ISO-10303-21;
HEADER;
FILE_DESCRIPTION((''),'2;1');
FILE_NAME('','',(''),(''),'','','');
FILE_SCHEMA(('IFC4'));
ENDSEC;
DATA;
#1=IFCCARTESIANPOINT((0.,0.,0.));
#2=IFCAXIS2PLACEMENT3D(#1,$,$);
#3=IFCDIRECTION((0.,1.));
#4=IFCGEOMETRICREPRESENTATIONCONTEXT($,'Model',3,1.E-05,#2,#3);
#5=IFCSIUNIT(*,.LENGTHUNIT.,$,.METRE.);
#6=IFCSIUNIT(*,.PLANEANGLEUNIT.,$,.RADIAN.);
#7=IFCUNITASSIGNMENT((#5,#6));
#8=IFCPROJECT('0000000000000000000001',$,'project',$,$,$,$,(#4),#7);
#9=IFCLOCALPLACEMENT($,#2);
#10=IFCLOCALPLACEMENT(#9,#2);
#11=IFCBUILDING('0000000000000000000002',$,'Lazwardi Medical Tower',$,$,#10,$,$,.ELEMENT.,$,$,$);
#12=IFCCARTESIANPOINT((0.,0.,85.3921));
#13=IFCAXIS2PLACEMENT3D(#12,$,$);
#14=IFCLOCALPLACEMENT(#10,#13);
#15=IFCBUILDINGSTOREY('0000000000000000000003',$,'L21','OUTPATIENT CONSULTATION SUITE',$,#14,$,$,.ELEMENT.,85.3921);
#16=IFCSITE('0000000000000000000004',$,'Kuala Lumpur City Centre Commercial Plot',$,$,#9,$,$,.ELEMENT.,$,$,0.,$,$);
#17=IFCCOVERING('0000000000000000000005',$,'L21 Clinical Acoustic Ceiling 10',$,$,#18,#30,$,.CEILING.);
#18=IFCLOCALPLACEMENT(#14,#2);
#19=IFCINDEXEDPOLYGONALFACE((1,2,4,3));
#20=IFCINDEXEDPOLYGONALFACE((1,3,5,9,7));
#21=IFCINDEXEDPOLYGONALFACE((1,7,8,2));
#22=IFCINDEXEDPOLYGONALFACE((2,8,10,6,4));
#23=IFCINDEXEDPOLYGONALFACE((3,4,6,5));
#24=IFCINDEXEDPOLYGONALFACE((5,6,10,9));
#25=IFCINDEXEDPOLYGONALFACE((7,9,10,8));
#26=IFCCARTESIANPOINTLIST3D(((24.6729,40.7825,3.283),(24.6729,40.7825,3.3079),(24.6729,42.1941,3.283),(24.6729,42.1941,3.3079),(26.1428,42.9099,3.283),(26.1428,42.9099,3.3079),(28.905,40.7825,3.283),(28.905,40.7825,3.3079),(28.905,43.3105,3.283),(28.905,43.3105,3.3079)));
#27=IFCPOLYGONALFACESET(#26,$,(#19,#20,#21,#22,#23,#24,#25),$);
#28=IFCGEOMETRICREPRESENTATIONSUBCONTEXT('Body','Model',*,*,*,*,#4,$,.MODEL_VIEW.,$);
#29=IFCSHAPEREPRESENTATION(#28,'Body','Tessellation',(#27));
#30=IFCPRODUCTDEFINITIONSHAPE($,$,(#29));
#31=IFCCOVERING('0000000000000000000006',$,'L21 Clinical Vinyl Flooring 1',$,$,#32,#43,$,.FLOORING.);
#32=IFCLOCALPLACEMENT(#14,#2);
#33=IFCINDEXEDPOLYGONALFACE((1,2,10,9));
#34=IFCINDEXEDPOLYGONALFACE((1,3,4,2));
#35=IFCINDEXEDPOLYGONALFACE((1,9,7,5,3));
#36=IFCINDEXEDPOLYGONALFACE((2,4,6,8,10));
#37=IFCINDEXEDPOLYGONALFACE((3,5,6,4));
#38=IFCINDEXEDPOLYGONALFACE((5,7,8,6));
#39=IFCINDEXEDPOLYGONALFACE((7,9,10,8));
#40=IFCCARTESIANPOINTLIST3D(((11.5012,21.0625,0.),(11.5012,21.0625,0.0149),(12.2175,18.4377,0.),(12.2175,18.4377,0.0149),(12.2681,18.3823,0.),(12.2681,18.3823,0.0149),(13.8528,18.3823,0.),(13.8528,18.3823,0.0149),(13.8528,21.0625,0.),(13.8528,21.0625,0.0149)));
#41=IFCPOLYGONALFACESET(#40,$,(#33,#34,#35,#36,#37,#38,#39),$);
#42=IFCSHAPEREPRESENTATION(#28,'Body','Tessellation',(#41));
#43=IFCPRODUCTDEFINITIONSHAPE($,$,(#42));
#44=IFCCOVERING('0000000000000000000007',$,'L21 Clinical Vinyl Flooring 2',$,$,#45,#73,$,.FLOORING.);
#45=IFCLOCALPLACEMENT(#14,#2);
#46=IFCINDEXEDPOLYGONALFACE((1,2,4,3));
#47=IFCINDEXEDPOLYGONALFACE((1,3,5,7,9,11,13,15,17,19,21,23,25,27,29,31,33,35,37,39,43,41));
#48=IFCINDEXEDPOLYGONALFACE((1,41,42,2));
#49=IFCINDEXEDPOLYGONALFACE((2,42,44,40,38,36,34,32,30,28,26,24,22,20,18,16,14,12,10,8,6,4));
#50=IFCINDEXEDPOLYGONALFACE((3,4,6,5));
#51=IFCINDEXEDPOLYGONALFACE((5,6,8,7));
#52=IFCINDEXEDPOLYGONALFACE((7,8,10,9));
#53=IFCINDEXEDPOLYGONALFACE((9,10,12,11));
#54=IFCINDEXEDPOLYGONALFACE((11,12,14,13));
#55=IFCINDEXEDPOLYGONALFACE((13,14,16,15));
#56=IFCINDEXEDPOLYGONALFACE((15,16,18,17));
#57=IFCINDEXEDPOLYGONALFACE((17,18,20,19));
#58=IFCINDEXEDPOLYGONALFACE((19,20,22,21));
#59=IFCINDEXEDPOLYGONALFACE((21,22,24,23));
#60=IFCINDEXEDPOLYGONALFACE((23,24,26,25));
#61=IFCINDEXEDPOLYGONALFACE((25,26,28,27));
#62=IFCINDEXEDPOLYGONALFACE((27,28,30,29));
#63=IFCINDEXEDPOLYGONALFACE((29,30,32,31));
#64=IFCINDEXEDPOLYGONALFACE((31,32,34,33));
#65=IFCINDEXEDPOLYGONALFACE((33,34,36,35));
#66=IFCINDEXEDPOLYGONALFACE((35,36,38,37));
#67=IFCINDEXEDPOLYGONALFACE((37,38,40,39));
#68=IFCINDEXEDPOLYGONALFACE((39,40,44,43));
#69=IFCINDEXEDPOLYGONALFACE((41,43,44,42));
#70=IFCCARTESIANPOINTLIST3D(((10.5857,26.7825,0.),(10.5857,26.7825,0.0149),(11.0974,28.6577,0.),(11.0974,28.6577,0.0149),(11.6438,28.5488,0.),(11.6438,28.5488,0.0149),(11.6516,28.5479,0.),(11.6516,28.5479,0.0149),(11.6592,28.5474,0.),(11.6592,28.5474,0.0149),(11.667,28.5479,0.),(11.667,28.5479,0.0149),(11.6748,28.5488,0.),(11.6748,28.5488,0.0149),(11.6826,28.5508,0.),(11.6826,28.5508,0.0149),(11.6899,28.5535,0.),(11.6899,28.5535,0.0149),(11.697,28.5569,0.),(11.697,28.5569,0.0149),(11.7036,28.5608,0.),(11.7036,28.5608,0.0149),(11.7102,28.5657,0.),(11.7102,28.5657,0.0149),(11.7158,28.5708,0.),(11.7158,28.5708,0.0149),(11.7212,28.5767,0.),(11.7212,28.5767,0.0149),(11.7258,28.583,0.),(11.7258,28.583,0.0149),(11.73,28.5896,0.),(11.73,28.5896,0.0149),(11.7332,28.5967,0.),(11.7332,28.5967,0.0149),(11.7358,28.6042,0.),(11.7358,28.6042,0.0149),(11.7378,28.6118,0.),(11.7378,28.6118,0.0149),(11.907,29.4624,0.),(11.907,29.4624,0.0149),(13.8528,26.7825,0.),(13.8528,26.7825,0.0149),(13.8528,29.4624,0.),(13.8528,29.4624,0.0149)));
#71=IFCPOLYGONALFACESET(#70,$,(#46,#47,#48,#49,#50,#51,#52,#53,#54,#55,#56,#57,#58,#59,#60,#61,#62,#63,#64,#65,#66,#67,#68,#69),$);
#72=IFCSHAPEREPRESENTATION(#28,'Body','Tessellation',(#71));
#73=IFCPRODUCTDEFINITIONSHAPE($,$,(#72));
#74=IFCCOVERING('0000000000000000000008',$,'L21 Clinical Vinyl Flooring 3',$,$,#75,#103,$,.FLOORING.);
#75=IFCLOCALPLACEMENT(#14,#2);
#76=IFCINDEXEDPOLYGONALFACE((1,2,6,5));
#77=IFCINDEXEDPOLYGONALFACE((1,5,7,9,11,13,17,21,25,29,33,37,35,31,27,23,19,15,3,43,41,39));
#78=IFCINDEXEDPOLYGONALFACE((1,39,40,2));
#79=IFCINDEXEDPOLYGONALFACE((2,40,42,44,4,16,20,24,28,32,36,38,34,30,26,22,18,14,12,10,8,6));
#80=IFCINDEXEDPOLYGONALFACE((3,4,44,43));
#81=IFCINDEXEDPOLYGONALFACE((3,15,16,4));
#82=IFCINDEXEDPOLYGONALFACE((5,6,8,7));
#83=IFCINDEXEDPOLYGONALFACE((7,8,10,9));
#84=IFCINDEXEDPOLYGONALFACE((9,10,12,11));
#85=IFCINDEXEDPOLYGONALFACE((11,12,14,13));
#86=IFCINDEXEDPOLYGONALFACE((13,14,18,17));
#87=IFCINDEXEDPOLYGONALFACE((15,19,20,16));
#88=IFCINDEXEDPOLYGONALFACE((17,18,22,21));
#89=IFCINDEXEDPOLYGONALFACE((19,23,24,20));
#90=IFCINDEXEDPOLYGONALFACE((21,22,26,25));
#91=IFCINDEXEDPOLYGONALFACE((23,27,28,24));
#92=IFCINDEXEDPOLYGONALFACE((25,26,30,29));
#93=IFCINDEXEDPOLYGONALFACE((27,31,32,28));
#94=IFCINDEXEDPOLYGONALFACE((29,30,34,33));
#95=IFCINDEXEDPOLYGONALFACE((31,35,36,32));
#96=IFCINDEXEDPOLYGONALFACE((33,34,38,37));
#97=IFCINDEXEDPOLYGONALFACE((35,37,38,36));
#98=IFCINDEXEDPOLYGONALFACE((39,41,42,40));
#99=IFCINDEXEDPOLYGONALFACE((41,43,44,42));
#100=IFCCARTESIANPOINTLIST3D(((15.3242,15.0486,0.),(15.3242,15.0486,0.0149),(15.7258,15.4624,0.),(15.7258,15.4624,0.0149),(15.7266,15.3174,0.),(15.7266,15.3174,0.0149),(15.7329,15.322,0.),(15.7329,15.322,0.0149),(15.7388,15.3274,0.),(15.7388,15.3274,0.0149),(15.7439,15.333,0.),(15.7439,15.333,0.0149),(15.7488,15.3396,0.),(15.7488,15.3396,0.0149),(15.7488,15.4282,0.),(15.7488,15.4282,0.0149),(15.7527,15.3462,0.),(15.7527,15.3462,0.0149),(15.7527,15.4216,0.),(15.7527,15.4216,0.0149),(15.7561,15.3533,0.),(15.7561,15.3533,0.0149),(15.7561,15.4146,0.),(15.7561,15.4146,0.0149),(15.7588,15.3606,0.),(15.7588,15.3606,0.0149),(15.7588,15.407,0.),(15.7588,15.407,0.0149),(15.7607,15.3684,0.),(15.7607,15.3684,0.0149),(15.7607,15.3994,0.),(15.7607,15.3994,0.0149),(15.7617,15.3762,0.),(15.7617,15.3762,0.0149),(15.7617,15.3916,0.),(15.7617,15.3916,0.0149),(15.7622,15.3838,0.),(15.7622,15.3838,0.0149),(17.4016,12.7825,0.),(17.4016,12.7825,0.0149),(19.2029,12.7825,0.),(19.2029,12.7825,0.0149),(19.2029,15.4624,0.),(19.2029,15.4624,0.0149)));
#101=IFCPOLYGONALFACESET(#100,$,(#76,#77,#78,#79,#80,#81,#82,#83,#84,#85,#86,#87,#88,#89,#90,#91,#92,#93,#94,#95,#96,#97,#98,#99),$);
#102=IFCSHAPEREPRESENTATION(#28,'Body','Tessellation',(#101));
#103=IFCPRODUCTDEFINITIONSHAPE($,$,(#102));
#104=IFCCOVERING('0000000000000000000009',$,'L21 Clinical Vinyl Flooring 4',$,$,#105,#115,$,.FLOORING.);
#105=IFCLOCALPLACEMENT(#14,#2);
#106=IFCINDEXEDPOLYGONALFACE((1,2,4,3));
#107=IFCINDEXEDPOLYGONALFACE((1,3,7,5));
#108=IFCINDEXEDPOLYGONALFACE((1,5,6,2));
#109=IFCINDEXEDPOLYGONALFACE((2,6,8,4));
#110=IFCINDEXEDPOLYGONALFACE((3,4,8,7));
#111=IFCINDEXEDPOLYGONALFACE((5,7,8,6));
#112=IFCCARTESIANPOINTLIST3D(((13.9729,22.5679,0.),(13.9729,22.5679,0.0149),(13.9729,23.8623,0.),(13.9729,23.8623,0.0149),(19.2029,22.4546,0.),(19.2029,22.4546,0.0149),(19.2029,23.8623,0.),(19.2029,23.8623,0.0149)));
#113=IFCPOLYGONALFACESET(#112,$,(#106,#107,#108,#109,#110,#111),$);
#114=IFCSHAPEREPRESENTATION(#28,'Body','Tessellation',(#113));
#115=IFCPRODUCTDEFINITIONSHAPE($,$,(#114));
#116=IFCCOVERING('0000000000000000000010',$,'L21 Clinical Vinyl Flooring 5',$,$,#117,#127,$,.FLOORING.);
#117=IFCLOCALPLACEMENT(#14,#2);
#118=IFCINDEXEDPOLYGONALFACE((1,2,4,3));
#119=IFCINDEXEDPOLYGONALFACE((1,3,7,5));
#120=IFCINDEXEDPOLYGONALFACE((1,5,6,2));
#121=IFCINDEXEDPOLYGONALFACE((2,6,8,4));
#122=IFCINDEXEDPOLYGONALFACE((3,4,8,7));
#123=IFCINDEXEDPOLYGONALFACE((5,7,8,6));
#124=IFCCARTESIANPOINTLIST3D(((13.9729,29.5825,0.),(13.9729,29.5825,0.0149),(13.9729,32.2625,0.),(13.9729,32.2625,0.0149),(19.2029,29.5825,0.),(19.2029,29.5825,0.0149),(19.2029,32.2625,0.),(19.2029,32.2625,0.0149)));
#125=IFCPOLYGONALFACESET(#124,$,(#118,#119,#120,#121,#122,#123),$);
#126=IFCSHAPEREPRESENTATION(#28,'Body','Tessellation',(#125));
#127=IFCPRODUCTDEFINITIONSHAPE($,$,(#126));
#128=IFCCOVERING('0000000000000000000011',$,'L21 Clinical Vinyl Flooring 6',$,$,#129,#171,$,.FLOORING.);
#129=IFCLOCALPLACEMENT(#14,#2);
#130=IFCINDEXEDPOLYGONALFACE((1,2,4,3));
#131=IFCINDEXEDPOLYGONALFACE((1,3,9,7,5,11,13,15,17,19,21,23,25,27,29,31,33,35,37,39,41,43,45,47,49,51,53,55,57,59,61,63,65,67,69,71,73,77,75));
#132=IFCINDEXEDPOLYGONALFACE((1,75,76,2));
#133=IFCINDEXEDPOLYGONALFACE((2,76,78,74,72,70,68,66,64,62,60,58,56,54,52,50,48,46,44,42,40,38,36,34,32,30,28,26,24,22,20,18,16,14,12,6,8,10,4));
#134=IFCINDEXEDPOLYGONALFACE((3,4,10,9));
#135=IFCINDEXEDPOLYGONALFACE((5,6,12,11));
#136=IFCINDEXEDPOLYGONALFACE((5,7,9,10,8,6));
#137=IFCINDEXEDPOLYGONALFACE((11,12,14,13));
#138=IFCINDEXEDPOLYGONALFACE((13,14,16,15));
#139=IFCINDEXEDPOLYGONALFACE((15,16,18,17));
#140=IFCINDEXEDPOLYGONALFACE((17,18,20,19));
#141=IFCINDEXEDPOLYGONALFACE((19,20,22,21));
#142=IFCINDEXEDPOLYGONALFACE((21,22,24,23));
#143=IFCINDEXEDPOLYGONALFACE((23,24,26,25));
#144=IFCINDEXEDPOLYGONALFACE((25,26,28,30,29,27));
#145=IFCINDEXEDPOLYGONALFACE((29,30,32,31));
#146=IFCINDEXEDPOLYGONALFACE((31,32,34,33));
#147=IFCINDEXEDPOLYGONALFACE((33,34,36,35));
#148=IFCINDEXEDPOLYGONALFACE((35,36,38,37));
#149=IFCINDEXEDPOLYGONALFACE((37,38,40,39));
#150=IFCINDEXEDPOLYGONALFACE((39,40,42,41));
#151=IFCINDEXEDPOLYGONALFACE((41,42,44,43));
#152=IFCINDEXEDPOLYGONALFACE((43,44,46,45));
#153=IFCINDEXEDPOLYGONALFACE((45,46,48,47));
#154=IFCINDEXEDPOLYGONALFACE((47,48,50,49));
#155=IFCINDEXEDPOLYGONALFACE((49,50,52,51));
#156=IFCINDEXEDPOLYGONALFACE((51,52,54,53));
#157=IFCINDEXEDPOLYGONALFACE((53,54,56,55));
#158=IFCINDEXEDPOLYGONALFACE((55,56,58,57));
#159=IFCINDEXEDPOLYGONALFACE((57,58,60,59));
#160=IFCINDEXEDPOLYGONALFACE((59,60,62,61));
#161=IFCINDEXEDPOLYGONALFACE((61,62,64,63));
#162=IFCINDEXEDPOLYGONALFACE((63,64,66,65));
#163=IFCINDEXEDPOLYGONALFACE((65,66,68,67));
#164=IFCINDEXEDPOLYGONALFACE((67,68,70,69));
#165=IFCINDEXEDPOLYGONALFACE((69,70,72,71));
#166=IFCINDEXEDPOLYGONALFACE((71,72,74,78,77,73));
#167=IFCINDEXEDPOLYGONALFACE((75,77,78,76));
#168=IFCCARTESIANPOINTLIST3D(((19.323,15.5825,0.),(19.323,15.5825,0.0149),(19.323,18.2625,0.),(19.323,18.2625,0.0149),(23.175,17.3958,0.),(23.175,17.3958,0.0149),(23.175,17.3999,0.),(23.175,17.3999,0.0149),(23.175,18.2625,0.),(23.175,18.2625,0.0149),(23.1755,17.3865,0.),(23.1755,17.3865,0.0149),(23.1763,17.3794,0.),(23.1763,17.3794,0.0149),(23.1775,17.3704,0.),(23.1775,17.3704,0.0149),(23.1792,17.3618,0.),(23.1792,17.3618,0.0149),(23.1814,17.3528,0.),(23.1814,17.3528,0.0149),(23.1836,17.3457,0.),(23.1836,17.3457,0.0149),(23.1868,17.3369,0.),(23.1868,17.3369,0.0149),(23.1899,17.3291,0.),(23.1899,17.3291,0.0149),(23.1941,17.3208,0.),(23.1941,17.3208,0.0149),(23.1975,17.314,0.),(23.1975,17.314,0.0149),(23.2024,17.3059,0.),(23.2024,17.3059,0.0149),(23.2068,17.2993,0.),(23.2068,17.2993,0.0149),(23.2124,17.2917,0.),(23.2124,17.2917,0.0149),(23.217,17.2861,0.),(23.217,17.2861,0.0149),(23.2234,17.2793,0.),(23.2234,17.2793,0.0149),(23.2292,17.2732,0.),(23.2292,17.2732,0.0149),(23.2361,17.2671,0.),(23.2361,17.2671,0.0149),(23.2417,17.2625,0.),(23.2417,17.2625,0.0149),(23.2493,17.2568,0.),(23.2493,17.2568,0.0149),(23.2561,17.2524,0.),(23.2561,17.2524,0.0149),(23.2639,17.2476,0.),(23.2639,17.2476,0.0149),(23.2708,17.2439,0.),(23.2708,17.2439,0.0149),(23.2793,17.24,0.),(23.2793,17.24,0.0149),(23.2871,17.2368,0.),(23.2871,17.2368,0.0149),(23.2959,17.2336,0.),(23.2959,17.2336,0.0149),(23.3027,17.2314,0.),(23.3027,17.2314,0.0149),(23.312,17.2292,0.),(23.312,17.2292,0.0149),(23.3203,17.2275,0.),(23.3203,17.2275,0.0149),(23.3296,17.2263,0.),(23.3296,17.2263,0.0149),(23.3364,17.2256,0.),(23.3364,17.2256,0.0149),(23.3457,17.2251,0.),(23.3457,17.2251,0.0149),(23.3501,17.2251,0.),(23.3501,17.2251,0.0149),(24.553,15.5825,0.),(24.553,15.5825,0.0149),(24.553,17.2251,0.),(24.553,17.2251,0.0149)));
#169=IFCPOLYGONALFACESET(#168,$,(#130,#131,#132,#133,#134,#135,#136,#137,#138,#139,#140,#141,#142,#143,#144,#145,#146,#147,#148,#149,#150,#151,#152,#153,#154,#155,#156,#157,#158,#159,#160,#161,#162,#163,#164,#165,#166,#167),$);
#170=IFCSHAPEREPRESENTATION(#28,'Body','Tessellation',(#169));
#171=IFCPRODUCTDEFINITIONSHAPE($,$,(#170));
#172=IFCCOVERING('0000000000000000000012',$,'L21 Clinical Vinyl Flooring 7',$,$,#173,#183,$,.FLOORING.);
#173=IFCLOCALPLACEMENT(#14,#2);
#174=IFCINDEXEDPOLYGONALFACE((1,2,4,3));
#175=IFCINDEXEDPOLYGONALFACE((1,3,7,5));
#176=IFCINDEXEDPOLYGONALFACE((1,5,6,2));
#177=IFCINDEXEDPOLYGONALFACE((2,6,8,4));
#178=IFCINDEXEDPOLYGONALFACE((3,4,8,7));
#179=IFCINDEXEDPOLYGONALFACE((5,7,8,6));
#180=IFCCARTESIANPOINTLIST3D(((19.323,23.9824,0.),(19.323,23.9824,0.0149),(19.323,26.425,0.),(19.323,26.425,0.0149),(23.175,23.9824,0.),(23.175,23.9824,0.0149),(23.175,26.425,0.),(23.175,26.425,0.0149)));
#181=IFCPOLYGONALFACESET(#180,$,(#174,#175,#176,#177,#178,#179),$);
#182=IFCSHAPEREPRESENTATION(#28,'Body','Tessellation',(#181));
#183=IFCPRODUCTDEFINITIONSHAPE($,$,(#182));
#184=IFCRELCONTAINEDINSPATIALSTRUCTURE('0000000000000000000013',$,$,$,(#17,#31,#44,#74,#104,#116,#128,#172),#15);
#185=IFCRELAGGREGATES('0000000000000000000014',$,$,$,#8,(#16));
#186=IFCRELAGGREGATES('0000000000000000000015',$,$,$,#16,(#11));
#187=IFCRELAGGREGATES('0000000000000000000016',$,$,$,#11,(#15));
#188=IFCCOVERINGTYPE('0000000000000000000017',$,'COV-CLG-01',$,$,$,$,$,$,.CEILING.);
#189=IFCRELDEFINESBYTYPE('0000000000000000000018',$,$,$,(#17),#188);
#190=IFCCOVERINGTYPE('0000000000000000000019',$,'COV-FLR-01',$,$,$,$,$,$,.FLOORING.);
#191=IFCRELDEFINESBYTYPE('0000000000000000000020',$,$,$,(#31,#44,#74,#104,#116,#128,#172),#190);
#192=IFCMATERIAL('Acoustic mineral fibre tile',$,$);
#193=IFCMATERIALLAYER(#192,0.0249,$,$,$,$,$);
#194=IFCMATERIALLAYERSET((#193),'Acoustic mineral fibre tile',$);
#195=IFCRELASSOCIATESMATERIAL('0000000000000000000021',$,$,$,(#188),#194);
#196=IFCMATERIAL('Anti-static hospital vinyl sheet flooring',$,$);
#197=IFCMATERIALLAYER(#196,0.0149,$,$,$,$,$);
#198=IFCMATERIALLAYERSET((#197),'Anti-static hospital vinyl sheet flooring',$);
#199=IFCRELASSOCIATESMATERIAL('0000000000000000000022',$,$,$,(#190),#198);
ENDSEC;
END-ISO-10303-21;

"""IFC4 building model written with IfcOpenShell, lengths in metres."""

from ifc_helpers import new_model, si_unit, direction, frame, origin, place, context, subcontext, project, spatial, polyline, outline, extrude, material, layer, layer_set, type_object, element, save


model = new_model("IFC4")

# Units and contexts
model_context = context("Model", 3, precision=1e-05, world=origin(), true_north=direction((0.0, 1.0)))
body_context = subcontext(model_context, "Body", "Model", "MODEL_VIEW")
ifc_project = project(units=[si_unit("LENGTHUNIT", "METRE"), si_unit("PLANEANGLEUNIT", "RADIAN")], contexts=[model_context])

# Site, building, storey
site_placement = place(None, origin())
site = spatial("IfcSite", under=ifc_project, at=site_placement, Name="Kuala Lumpur City Centre Commercial Plot", CompositionType="ELEMENT", RefElevation=0.0)
building_placement = place(site_placement, origin())
building = spatial("IfcBuilding", under=site, at=building_placement, Name="Lazwardi Medical Tower", CompositionType="ELEMENT")
storey_placement = place(building_placement, frame((0.0, 0.0, 85.3921)))
storey = spatial("IfcBuildingStorey", under=building, at=storey_placement, Name="L21", Description="OUTPATIENT CONSULTATION SUITE", CompositionType="ELEMENT", Elevation=85.3921)

# Coverings
ifc_material_1 = material(Name="Acoustic mineral fibre tile")
ifc_layer_1 = layer(ifc_material_1, 0.0249)
ifc_layer_set_1 = layer_set([ifc_layer_1], Name="Acoustic mineral fibre tile")
covering_type_1 = type_object("IfcCoveringType", Name="COV-CLG-01", PredefinedType="CEILING", material=ifc_layer_set_1)
covering_1_placement = place(storey_placement, frame((0.0, 0.0, 3.283)))
element("IfcCovering", 1, at=covering_1_placement, inside=storey, type_object=covering_type_1, Name="L21 Clinical Acoustic Ceiling 10", PredefinedType="CEILING", context=body_context, shape_type="SweptSolid", body=[
    extrude(outline(polyline([(28.905, 40.7825), (28.905, 43.3105), (26.1428, 42.9099), (24.6729, 42.1941), (24.6729, 40.7825), (28.905, 40.7825)])), origin(), (0.0, 0.0, 1.0), 0.0249),
])
ifc_material_2 = material(Name="Anti-static hospital vinyl sheet flooring")
ifc_layer_2 = layer(ifc_material_2, 0.0149)
ifc_layer_set_2 = layer_set([ifc_layer_2], Name="Anti-static hospital vinyl sheet flooring")
covering_type_2 = type_object("IfcCoveringType", Name="COV-FLR-01", PredefinedType="FLOORING", material=ifc_layer_set_2)
covering_2_placement = place(storey_placement, origin())
element("IfcCovering", 2, at=covering_2_placement, inside=storey, type_object=covering_type_2, Name="L21 Clinical Vinyl Flooring 1", PredefinedType="FLOORING", context=body_context, shape_type="SweptSolid", body=[
    extrude(outline(polyline([(11.5012, 21.0625), (12.2175, 18.4377), (12.2681, 18.3823), (13.8528, 18.3823), (13.8528, 21.0625), (11.5012, 21.0625)])), origin(), (0.0, 0.0, 1.0), 0.0149),
])
covering_3_placement = place(storey_placement, origin())
element("IfcCovering", 3, at=covering_3_placement, inside=storey, type_object=covering_type_2, Name="L21 Clinical Vinyl Flooring 2", PredefinedType="FLOORING", context=body_context, shape_type="SweptSolid", body=[
    extrude(outline(polyline([(11.907, 29.4624), (11.7378, 28.6118), (11.7358, 28.6042), (11.7332, 28.5967), (11.73, 28.5896), (11.7258, 28.583), (11.7212, 28.5767), (11.7158, 28.5708), (11.7102, 28.5657), (11.7036, 28.5608), (11.697, 28.5569), (11.6899, 28.5535), (11.6826, 28.5508), (11.6748, 28.5488), (11.667, 28.5479), (11.6592, 28.5474), (11.6516, 28.5479), (11.6438, 28.5488), (11.0974, 28.6577), (10.5857, 26.7825), (13.8528, 26.7825), (13.8528, 29.4624), (11.907, 29.4624)])), origin(), (0.0, 0.0, 1.0), 0.0149),
])
covering_4_placement = place(storey_placement, origin())
element("IfcCovering", 4, at=covering_4_placement, inside=storey, type_object=covering_type_2, Name="L21 Clinical Vinyl Flooring 3", PredefinedType="FLOORING", context=body_context, shape_type="SweptSolid", body=[
    extrude(outline(polyline([(15.7258, 15.4624), (15.7488, 15.4282), (15.7527, 15.4216), (15.7561, 15.4146), (15.7588, 15.407), (15.7607, 15.3994), (15.7617, 15.3916), (15.7622, 15.3838), (15.7617, 15.3762), (15.7607, 15.3684), (15.7588, 15.3606), (15.7561, 15.3533), (15.7527, 15.3462), (15.7488, 15.3396), (15.7439, 15.333), (15.7388, 15.3274), (15.7329, 15.322), (15.7266, 15.3174), (15.3242, 15.0486), (17.4016, 12.7825), (19.2029, 12.7825), (19.2029, 15.4624), (15.7258, 15.4624)])), origin(), (0.0, 0.0, 1.0), 0.0149),
])
covering_5_placement = place(storey_placement, origin())
element("IfcCovering", 5, at=covering_5_placement, inside=storey, type_object=covering_type_2, Name="L21 Clinical Vinyl Flooring 4", PredefinedType="FLOORING", context=body_context, shape_type="SweptSolid", body=[
    extrude(outline(polyline([(13.9729, 22.5679), (19.2029, 22.4546), (19.2029, 23.8623), (13.9729, 23.8623), (13.9729, 22.5679)])), origin(), (0.0, 0.0, 1.0), 0.0149),
])
covering_6_placement = place(storey_placement, origin())
element("IfcCovering", 6, at=covering_6_placement, inside=storey, type_object=covering_type_2, Name="L21 Clinical Vinyl Flooring 5", PredefinedType="FLOORING", context=body_context, shape_type="SweptSolid", body=[
    extrude(outline(polyline([(19.2029, 29.5825), (19.2029, 32.2625), (13.9729, 32.2625), (13.9729, 29.5825), (19.2029, 29.5825)])), origin(), (0.0, 0.0, 1.0), 0.0149),
])
covering_7_placement = place(storey_placement, origin())
element("IfcCovering", 7, at=covering_7_placement, inside=storey, type_object=covering_type_2, Name="L21 Clinical Vinyl Flooring 6", PredefinedType="FLOORING", context=body_context, shape_type="SweptSolid", body=[
    extrude(outline(polyline([(24.553, 17.2251), (23.3501, 17.2251), (23.3457, 17.2251), (23.3364, 17.2256), (23.3296, 17.2263), (23.3203, 17.2275), (23.312, 17.2292), (23.3027, 17.2314), (23.2959, 17.2336), (23.2871, 17.2368), (23.2793, 17.24), (23.2708, 17.2439), (23.2639, 17.2476), (23.2561, 17.2524), (23.2493, 17.2568), (23.2417, 17.2625), (23.2361, 17.2671), (23.2292, 17.2732), (23.2234, 17.2793), (23.217, 17.2861), (23.2124, 17.2917), (23.2068, 17.2993), (23.2024, 17.3059), (23.1975, 17.314), (23.1941, 17.3208), (23.1899, 17.3291), (23.1868, 17.3369), (23.1836, 17.3457), (23.1814, 17.3528), (23.1792, 17.3618), (23.1775, 17.3704), (23.1763, 17.3794), (23.1755, 17.3865), (23.175, 17.3958), (23.175, 17.3999), (23.175, 18.2625), (19.323, 18.2625), (19.323, 15.5825), (24.553, 15.5825), (24.553, 17.2251)])), origin(), (0.0, 0.0, 1.0), 0.0149),
])
covering_8_placement = place(storey_placement, origin())
element("IfcCovering", 8, at=covering_8_placement, inside=storey, type_object=covering_type_2, Name="L21 Clinical Vinyl Flooring 7", PredefinedType="FLOORING", context=body_context, shape_type="SweptSolid", body=[
    extrude(outline(polyline([(23.175, 23.9824), (23.175, 26.425), (19.323, 26.425), (19.323, 23.9824), (23.175, 23.9824)])), origin(), (0.0, 0.0, 1.0), 0.0149),
])

save(model, "model.ifc")
